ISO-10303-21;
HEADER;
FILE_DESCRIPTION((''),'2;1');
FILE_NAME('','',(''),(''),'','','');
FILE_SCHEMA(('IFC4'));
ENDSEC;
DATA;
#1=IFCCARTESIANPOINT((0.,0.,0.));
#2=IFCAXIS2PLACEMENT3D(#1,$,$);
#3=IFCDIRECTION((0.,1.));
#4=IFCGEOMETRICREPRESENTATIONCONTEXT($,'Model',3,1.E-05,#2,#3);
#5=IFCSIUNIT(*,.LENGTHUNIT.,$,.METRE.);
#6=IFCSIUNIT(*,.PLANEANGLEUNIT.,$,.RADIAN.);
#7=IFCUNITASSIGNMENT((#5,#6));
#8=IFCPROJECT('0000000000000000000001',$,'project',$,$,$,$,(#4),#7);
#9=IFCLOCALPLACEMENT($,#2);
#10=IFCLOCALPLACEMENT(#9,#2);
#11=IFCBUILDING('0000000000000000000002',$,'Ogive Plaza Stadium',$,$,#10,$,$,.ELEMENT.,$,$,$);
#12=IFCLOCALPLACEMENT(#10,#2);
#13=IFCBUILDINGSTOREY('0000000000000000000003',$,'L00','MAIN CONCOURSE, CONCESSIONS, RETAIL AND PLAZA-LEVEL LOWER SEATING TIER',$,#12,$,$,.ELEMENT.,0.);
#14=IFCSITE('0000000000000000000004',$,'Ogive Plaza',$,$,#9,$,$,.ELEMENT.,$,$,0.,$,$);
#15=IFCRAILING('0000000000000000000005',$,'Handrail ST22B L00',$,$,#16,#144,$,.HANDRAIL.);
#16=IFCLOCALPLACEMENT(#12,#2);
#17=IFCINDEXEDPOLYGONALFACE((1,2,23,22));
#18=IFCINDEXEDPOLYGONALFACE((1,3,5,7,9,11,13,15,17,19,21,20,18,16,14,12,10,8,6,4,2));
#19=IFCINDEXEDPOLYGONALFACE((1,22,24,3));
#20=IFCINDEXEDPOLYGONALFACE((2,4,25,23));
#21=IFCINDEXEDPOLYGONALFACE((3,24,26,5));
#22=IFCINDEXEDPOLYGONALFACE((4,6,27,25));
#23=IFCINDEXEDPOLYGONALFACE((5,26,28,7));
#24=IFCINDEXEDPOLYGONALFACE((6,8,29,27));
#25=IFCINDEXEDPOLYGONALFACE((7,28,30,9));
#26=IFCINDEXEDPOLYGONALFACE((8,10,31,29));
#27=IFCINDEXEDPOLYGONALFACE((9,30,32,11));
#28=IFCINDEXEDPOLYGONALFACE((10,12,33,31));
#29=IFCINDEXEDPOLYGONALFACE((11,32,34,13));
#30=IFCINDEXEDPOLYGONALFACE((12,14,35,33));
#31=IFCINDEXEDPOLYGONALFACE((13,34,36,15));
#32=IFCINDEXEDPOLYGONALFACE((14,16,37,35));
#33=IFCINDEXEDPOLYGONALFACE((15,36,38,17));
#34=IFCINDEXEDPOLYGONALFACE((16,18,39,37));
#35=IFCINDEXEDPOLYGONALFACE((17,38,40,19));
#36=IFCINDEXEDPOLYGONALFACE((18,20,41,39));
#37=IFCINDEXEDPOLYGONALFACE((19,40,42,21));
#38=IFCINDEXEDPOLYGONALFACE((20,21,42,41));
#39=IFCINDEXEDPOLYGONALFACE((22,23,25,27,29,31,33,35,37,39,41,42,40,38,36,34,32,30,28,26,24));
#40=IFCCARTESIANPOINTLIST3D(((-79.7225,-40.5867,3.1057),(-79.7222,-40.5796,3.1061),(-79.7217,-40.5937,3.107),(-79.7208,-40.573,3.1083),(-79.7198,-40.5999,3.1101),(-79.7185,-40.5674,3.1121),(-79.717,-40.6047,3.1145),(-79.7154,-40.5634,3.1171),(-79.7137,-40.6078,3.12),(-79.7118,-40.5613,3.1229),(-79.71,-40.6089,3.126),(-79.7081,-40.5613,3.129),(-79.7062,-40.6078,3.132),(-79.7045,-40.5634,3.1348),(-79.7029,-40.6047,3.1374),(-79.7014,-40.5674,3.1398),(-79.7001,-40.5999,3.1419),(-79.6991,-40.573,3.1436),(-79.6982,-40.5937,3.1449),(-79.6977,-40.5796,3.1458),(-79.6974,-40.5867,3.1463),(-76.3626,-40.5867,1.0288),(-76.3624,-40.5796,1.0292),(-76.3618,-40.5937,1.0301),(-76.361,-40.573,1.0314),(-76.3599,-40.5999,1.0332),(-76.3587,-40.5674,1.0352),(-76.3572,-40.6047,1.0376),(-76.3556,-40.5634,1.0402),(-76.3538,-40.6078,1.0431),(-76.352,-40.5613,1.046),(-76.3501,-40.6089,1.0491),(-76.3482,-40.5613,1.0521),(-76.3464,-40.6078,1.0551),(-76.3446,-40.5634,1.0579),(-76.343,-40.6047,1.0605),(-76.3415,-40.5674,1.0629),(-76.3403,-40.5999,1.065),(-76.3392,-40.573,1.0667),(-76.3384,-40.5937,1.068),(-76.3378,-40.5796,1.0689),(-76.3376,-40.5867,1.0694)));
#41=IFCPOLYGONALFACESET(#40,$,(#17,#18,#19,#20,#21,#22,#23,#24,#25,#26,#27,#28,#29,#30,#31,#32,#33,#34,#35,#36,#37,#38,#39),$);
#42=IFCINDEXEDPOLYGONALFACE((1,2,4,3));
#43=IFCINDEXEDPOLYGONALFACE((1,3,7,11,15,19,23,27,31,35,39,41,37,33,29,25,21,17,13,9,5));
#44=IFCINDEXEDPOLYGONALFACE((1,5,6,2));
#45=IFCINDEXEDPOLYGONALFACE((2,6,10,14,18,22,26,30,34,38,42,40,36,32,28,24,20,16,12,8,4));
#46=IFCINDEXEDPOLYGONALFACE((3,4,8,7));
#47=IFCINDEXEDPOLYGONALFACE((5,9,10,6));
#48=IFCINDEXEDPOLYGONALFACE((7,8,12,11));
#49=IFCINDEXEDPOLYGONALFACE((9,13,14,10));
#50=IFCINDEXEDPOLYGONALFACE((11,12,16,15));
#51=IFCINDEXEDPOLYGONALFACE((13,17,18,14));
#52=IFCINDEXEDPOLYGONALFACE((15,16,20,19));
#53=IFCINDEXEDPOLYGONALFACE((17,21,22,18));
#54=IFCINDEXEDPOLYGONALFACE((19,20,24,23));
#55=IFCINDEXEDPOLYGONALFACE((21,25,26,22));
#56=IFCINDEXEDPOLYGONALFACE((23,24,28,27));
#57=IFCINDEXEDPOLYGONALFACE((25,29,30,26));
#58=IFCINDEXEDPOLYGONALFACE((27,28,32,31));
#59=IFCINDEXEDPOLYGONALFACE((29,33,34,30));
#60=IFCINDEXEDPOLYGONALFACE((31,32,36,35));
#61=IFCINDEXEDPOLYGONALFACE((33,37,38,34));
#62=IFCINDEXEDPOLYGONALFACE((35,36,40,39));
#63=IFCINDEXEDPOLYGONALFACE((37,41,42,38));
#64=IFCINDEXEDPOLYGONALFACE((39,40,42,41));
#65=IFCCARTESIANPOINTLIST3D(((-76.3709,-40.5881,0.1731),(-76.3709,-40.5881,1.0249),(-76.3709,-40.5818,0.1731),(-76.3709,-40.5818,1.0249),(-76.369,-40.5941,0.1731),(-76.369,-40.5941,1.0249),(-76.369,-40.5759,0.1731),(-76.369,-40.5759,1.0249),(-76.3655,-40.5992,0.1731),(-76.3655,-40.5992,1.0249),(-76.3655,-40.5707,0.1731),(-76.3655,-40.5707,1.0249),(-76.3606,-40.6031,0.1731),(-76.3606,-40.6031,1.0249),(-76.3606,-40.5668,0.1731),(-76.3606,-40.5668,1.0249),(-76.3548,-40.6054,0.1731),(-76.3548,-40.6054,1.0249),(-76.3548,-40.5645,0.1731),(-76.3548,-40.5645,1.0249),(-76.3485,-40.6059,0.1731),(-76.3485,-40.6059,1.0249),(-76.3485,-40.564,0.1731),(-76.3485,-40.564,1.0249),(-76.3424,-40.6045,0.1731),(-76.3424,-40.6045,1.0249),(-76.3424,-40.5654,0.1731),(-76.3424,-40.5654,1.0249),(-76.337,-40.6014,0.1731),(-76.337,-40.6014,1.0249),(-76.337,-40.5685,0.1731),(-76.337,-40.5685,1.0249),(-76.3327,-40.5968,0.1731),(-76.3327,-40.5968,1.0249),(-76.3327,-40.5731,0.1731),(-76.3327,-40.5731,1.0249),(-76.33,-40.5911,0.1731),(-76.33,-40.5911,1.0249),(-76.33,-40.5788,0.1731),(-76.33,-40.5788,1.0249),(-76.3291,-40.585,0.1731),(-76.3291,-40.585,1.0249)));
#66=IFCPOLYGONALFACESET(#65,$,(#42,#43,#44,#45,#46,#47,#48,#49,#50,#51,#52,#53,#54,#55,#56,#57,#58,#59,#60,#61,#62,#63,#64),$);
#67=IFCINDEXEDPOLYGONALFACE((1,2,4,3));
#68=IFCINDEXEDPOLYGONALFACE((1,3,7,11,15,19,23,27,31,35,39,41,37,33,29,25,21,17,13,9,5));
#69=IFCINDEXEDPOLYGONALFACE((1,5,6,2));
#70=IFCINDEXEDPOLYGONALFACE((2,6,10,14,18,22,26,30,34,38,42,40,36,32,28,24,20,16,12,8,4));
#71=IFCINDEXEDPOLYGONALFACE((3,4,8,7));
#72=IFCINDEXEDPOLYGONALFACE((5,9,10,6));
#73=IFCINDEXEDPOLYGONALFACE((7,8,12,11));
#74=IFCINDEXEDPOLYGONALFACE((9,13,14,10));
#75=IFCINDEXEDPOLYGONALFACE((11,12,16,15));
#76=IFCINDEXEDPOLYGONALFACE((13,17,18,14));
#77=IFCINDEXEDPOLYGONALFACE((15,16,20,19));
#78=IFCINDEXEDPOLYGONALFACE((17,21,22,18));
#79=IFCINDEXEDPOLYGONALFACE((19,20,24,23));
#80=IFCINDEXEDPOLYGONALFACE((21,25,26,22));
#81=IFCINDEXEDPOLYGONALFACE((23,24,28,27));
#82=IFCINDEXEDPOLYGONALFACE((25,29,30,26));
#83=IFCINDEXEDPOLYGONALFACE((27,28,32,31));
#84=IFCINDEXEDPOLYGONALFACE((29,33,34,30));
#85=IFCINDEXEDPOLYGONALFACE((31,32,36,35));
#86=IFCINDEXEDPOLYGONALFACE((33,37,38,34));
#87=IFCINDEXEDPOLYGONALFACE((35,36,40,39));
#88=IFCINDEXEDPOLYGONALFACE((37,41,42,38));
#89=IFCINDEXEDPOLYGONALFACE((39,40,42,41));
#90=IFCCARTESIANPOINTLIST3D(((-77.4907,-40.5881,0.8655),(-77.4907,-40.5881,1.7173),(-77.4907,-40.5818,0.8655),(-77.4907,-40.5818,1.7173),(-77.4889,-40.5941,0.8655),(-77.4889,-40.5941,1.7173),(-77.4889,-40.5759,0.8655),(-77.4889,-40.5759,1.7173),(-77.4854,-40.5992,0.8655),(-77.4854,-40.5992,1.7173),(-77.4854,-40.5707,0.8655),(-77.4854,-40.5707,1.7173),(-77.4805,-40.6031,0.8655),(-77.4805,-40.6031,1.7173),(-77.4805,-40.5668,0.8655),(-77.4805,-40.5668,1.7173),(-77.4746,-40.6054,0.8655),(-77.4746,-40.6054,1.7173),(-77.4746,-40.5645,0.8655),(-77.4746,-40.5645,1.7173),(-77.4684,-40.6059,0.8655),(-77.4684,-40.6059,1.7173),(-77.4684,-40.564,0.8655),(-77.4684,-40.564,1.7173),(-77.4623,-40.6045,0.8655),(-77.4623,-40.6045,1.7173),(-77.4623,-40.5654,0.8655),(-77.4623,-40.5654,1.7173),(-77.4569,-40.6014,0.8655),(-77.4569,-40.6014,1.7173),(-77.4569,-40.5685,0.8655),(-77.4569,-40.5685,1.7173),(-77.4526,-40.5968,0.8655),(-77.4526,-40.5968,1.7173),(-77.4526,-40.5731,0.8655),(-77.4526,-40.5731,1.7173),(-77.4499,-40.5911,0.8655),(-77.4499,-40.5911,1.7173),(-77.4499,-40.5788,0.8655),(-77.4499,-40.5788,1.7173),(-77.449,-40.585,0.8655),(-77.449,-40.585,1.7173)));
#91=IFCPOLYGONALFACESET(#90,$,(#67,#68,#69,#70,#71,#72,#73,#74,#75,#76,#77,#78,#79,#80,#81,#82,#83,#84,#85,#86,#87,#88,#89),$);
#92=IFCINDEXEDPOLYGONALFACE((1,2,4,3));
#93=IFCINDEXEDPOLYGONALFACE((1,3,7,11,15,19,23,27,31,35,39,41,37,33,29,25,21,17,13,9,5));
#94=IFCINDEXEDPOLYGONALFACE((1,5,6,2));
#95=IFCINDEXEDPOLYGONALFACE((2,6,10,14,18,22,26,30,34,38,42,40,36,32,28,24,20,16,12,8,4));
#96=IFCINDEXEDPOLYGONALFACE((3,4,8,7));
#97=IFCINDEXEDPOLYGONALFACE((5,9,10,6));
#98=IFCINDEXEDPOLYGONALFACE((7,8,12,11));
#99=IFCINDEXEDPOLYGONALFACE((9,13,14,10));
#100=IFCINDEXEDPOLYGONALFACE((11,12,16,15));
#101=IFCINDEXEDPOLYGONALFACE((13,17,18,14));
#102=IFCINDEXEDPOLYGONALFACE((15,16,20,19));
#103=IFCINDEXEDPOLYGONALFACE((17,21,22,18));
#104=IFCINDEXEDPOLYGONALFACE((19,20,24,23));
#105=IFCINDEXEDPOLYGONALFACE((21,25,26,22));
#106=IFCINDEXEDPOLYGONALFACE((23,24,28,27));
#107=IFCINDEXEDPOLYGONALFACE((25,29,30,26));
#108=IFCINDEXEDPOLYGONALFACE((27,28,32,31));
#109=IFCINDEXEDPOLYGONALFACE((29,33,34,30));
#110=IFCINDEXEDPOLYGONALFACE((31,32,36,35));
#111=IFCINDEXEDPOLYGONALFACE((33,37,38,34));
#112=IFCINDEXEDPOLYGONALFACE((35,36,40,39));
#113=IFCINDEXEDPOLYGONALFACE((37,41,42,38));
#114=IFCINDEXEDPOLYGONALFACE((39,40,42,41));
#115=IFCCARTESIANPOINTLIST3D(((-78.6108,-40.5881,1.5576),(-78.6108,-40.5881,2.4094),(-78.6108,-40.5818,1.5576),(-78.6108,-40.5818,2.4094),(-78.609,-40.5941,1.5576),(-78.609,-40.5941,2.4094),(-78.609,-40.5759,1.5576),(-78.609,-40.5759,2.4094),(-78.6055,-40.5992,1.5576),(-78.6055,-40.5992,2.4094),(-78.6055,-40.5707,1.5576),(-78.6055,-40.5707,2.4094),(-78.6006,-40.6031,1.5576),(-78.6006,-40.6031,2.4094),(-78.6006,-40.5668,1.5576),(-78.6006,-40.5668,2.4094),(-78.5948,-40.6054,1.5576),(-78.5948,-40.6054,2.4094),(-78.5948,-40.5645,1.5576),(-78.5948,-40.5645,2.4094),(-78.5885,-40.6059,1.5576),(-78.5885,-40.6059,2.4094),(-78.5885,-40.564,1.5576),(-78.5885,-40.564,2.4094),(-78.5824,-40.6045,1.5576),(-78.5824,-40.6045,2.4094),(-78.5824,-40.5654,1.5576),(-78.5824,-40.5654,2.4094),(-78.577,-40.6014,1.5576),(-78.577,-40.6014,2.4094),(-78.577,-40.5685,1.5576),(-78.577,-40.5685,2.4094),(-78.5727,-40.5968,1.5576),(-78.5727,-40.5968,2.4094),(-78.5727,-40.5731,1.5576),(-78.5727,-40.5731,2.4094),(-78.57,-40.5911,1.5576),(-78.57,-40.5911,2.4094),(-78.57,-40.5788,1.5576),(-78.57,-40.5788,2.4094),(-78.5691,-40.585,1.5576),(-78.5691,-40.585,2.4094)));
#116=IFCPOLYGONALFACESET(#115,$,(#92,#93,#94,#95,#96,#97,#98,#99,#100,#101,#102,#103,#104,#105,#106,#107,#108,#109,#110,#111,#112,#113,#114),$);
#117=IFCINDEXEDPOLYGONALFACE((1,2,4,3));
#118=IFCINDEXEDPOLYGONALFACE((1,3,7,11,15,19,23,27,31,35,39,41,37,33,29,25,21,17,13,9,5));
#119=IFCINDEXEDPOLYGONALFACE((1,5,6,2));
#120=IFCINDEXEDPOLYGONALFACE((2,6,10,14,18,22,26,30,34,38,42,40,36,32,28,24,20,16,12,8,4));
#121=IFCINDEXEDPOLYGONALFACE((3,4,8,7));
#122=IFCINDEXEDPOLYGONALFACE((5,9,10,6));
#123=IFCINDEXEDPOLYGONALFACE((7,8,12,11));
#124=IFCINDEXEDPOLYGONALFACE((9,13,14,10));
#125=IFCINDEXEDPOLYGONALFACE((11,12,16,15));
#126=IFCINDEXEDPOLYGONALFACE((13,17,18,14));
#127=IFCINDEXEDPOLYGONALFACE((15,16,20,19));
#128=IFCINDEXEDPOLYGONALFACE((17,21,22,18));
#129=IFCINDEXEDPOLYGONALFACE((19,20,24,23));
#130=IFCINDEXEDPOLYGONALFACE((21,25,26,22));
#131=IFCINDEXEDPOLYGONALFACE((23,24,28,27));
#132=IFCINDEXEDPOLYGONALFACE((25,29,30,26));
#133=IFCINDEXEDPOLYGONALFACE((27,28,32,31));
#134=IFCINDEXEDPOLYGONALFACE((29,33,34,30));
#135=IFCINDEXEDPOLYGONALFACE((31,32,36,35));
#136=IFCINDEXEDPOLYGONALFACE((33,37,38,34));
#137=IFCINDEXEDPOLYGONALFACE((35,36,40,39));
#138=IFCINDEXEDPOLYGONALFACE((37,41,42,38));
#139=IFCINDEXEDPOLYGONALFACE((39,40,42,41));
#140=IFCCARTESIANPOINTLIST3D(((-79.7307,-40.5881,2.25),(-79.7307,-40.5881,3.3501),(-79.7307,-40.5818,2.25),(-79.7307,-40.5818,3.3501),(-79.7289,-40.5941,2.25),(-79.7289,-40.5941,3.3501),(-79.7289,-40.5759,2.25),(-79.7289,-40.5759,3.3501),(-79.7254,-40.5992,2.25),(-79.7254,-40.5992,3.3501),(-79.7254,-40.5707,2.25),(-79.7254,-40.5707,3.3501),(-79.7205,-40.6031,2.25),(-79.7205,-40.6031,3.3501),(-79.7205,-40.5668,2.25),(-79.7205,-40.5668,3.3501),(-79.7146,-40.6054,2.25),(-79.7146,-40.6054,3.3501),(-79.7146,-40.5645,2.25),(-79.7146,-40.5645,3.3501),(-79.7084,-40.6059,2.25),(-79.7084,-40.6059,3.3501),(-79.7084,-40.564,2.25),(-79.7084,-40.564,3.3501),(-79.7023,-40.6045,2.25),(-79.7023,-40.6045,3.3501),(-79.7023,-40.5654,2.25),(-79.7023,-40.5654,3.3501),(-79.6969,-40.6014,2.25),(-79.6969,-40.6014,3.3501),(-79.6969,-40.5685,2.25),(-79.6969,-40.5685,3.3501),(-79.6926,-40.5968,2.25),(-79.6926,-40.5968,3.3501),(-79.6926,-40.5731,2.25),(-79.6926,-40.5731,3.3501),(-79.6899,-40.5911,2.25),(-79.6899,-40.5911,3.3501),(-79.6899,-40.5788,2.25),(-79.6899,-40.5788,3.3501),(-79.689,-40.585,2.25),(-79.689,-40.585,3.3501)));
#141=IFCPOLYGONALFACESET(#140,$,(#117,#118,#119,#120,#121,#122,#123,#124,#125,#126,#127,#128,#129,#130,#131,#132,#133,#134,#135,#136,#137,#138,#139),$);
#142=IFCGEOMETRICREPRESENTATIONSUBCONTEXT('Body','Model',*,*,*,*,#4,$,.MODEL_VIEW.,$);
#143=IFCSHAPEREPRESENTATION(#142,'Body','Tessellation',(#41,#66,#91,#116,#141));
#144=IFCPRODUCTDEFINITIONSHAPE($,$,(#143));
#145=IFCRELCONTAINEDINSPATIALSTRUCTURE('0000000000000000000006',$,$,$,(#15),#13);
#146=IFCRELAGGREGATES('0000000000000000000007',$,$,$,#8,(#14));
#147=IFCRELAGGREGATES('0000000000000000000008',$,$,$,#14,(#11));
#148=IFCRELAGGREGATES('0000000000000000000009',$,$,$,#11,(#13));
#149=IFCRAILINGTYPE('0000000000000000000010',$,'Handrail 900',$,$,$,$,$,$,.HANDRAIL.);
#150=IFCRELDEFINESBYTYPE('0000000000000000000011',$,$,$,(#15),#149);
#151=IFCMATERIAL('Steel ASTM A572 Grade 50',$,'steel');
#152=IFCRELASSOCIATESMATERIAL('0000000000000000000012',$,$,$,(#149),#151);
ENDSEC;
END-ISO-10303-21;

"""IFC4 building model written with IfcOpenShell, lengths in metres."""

from ifc_helpers import new_model, si_unit, direction, frame, origin, origin_2d, place, context, subcontext, project, spatial, circle, extrude, material, type_object, element, save


model = new_model("IFC4")

# Units and contexts
model_context = context("Model", 3, precision=1e-05, world=origin(), true_north=direction((0.0, 1.0)))
body_context = subcontext(model_context, "Body", "Model", "MODEL_VIEW")
ifc_project = project(units=[si_unit("LENGTHUNIT", "METRE"), si_unit("PLANEANGLEUNIT", "RADIAN")], contexts=[model_context])

# Site, building, storey
site_placement = place(None, origin())
site = spatial("IfcSite", under=ifc_project, at=site_placement, Name="Ogive Plaza", CompositionType="ELEMENT", RefElevation=0.0)
building_placement = place(site_placement, origin())
building = spatial("IfcBuilding", under=site, at=building_placement, Name="Ogive Plaza Stadium", CompositionType="ELEMENT")
storey_placement = place(building_placement, origin())
storey = spatial("IfcBuildingStorey", under=building, at=storey_placement, Name="L00", Description="MAIN CONCOURSE, CONCESSIONS, RETAIL AND PLAZA-LEVEL LOWER SEATING TIER", CompositionType="ELEMENT", Elevation=0.0)

# Railing
ifc_material_1 = material(Name="Steel ASTM A572 Grade 50", Category="steel")
railing_type_1 = type_object("IfcRailingType", Name="Handrail 900", PredefinedType="HANDRAIL", material=ifc_material_1)
for number, where, name in (
    (1, (-76.3501, -40.585, 0.1731), "Handrail ST22B L00"),
):
    element("IfcRailing", number, at=place(storey_placement, frame(where)), inside=storey, type_object=railing_type_1, Name=name, PredefinedType="HANDRAIL", context=body_context, shape_type="SweptSolid", body=[
        extrude(circle(Radius=0.0239, at=origin_2d()), frame((0.0, 0.0, 0.876), z_axis=(-0.850606, 0.0, 0.525803), x_axis=(0.0, -1.0, 0.0)), (0.0, 0.0, 1.0), 3.95),
        extrude(circle(Radius=0.021, at=origin_2d()), origin(), (0.0, 0.0, 1.0), 0.8518),
        extrude(circle(Radius=0.021, at=origin_2d()), frame((-1.1199, 0.0, 0.6924)), (0.0, 0.0, 1.0), 0.8518),
        extrude(circle(Radius=0.021, at=origin_2d()), frame((-2.24, 0.0, 1.3845)), (0.0, 0.0, 1.0), 0.8518),
        extrude(circle(Radius=0.021, at=origin_2d()), frame((-3.3599, 0.0, 2.0769)), (0.0, 0.0, 1.0), 1.1001),
    ])

save(model, "model.ifc")
